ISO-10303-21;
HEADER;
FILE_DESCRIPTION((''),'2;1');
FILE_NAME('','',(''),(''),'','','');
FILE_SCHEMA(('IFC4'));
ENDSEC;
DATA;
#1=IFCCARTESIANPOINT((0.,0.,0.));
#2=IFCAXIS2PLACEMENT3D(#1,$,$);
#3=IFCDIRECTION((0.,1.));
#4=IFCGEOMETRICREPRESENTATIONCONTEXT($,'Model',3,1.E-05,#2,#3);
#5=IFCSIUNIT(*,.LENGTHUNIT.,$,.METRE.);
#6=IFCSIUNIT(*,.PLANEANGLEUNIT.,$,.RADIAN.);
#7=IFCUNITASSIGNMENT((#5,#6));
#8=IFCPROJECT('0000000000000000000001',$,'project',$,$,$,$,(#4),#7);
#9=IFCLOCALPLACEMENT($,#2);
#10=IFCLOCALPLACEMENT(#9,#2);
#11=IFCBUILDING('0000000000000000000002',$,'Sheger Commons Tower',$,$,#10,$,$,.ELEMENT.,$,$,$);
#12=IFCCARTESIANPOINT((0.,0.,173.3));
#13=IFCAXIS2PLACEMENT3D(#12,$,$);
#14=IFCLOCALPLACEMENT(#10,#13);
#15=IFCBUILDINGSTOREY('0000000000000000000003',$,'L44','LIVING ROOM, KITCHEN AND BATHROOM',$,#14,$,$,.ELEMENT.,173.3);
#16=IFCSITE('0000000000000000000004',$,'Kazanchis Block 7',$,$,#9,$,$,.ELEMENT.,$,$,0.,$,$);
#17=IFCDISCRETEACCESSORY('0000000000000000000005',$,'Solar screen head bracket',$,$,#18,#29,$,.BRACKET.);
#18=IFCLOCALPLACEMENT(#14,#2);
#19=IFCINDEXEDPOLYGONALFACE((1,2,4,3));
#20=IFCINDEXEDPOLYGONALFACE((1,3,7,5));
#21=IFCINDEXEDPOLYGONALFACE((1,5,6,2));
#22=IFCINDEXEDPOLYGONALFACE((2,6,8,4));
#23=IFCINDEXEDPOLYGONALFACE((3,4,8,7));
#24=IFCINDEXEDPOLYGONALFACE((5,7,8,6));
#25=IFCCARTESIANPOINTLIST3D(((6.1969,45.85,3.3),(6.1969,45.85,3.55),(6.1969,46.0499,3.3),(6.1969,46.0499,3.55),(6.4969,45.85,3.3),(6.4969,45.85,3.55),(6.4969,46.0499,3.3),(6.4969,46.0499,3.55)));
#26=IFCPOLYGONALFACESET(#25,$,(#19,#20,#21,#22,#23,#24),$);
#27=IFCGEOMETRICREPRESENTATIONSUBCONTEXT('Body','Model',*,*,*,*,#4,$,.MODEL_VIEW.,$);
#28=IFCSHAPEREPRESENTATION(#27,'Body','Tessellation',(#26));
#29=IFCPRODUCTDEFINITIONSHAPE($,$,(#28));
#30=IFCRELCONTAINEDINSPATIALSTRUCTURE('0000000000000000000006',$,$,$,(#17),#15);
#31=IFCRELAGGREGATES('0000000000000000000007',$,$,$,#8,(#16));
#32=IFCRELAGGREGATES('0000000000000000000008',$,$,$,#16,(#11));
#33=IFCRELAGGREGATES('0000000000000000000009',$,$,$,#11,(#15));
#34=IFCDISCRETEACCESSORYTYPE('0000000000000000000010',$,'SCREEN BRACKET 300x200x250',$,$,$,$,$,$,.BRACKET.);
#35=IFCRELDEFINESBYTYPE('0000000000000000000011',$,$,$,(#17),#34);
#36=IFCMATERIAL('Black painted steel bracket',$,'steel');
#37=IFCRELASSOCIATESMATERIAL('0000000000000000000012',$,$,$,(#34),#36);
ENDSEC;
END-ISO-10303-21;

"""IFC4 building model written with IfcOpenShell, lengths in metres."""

from ifc_helpers import new_model, si_unit, direction, frame, origin, origin_2d, place, context, subcontext, project, spatial, rectangle, extrude, material, type_object, element, save


model = new_model("IFC4")

# Units and contexts
model_context = context("Model", 3, precision=1e-05, world=origin(), true_north=direction((0.0, 1.0)))
body_context = subcontext(model_context, "Body", "Model", "MODEL_VIEW")
ifc_project = project(units=[si_unit("LENGTHUNIT", "METRE"), si_unit("PLANEANGLEUNIT", "RADIAN")], contexts=[model_context])

# Site, building, storey
site_placement = place(None, origin())
site = spatial("IfcSite", under=ifc_project, at=site_placement, Name="Kazanchis Block 7", CompositionType="ELEMENT", RefElevation=0.0)
building_placement = place(site_placement, origin())
building = spatial("IfcBuilding", under=site, at=building_placement, Name="Sheger Commons Tower", CompositionType="ELEMENT")
storey_placement = place(building_placement, frame((0.0, 0.0, 173.3)))
storey = spatial("IfcBuildingStorey", under=building, at=storey_placement, Name="L44", Description="LIVING ROOM, KITCHEN AND BATHROOM", CompositionType="ELEMENT", Elevation=173.3)

# Discrete accessory
ifc_material_1 = material(Name="Black painted steel bracket", Category="steel")
discrete_accessory_type = type_object("IfcDiscreteAccessoryType", Name="SCREEN BRACKET 300x200x250", PredefinedType="BRACKET", material=ifc_material_1)
for number, where, z_axis, x_axis, name in (
    (1, (6.3469, 45.95, 3.3), (0.0, 0.0, 1.0), (-1.0, 0.0, 0.0), "Solar screen head bracket"),
):
    element("IfcDiscreteAccessory", number, at=place(storey_placement, frame(where, z_axis=z_axis, x_axis=x_axis)), inside=storey, type_object=discrete_accessory_type, Name=name, PredefinedType="BRACKET", context=body_context, shape_type="SweptSolid", body=[
        extrude(rectangle(XDim=0.3, YDim=0.2, at=origin_2d()), origin(), (0.0, 0.0, 1.0), 0.25),
    ])

save(model, "model.ifc")
